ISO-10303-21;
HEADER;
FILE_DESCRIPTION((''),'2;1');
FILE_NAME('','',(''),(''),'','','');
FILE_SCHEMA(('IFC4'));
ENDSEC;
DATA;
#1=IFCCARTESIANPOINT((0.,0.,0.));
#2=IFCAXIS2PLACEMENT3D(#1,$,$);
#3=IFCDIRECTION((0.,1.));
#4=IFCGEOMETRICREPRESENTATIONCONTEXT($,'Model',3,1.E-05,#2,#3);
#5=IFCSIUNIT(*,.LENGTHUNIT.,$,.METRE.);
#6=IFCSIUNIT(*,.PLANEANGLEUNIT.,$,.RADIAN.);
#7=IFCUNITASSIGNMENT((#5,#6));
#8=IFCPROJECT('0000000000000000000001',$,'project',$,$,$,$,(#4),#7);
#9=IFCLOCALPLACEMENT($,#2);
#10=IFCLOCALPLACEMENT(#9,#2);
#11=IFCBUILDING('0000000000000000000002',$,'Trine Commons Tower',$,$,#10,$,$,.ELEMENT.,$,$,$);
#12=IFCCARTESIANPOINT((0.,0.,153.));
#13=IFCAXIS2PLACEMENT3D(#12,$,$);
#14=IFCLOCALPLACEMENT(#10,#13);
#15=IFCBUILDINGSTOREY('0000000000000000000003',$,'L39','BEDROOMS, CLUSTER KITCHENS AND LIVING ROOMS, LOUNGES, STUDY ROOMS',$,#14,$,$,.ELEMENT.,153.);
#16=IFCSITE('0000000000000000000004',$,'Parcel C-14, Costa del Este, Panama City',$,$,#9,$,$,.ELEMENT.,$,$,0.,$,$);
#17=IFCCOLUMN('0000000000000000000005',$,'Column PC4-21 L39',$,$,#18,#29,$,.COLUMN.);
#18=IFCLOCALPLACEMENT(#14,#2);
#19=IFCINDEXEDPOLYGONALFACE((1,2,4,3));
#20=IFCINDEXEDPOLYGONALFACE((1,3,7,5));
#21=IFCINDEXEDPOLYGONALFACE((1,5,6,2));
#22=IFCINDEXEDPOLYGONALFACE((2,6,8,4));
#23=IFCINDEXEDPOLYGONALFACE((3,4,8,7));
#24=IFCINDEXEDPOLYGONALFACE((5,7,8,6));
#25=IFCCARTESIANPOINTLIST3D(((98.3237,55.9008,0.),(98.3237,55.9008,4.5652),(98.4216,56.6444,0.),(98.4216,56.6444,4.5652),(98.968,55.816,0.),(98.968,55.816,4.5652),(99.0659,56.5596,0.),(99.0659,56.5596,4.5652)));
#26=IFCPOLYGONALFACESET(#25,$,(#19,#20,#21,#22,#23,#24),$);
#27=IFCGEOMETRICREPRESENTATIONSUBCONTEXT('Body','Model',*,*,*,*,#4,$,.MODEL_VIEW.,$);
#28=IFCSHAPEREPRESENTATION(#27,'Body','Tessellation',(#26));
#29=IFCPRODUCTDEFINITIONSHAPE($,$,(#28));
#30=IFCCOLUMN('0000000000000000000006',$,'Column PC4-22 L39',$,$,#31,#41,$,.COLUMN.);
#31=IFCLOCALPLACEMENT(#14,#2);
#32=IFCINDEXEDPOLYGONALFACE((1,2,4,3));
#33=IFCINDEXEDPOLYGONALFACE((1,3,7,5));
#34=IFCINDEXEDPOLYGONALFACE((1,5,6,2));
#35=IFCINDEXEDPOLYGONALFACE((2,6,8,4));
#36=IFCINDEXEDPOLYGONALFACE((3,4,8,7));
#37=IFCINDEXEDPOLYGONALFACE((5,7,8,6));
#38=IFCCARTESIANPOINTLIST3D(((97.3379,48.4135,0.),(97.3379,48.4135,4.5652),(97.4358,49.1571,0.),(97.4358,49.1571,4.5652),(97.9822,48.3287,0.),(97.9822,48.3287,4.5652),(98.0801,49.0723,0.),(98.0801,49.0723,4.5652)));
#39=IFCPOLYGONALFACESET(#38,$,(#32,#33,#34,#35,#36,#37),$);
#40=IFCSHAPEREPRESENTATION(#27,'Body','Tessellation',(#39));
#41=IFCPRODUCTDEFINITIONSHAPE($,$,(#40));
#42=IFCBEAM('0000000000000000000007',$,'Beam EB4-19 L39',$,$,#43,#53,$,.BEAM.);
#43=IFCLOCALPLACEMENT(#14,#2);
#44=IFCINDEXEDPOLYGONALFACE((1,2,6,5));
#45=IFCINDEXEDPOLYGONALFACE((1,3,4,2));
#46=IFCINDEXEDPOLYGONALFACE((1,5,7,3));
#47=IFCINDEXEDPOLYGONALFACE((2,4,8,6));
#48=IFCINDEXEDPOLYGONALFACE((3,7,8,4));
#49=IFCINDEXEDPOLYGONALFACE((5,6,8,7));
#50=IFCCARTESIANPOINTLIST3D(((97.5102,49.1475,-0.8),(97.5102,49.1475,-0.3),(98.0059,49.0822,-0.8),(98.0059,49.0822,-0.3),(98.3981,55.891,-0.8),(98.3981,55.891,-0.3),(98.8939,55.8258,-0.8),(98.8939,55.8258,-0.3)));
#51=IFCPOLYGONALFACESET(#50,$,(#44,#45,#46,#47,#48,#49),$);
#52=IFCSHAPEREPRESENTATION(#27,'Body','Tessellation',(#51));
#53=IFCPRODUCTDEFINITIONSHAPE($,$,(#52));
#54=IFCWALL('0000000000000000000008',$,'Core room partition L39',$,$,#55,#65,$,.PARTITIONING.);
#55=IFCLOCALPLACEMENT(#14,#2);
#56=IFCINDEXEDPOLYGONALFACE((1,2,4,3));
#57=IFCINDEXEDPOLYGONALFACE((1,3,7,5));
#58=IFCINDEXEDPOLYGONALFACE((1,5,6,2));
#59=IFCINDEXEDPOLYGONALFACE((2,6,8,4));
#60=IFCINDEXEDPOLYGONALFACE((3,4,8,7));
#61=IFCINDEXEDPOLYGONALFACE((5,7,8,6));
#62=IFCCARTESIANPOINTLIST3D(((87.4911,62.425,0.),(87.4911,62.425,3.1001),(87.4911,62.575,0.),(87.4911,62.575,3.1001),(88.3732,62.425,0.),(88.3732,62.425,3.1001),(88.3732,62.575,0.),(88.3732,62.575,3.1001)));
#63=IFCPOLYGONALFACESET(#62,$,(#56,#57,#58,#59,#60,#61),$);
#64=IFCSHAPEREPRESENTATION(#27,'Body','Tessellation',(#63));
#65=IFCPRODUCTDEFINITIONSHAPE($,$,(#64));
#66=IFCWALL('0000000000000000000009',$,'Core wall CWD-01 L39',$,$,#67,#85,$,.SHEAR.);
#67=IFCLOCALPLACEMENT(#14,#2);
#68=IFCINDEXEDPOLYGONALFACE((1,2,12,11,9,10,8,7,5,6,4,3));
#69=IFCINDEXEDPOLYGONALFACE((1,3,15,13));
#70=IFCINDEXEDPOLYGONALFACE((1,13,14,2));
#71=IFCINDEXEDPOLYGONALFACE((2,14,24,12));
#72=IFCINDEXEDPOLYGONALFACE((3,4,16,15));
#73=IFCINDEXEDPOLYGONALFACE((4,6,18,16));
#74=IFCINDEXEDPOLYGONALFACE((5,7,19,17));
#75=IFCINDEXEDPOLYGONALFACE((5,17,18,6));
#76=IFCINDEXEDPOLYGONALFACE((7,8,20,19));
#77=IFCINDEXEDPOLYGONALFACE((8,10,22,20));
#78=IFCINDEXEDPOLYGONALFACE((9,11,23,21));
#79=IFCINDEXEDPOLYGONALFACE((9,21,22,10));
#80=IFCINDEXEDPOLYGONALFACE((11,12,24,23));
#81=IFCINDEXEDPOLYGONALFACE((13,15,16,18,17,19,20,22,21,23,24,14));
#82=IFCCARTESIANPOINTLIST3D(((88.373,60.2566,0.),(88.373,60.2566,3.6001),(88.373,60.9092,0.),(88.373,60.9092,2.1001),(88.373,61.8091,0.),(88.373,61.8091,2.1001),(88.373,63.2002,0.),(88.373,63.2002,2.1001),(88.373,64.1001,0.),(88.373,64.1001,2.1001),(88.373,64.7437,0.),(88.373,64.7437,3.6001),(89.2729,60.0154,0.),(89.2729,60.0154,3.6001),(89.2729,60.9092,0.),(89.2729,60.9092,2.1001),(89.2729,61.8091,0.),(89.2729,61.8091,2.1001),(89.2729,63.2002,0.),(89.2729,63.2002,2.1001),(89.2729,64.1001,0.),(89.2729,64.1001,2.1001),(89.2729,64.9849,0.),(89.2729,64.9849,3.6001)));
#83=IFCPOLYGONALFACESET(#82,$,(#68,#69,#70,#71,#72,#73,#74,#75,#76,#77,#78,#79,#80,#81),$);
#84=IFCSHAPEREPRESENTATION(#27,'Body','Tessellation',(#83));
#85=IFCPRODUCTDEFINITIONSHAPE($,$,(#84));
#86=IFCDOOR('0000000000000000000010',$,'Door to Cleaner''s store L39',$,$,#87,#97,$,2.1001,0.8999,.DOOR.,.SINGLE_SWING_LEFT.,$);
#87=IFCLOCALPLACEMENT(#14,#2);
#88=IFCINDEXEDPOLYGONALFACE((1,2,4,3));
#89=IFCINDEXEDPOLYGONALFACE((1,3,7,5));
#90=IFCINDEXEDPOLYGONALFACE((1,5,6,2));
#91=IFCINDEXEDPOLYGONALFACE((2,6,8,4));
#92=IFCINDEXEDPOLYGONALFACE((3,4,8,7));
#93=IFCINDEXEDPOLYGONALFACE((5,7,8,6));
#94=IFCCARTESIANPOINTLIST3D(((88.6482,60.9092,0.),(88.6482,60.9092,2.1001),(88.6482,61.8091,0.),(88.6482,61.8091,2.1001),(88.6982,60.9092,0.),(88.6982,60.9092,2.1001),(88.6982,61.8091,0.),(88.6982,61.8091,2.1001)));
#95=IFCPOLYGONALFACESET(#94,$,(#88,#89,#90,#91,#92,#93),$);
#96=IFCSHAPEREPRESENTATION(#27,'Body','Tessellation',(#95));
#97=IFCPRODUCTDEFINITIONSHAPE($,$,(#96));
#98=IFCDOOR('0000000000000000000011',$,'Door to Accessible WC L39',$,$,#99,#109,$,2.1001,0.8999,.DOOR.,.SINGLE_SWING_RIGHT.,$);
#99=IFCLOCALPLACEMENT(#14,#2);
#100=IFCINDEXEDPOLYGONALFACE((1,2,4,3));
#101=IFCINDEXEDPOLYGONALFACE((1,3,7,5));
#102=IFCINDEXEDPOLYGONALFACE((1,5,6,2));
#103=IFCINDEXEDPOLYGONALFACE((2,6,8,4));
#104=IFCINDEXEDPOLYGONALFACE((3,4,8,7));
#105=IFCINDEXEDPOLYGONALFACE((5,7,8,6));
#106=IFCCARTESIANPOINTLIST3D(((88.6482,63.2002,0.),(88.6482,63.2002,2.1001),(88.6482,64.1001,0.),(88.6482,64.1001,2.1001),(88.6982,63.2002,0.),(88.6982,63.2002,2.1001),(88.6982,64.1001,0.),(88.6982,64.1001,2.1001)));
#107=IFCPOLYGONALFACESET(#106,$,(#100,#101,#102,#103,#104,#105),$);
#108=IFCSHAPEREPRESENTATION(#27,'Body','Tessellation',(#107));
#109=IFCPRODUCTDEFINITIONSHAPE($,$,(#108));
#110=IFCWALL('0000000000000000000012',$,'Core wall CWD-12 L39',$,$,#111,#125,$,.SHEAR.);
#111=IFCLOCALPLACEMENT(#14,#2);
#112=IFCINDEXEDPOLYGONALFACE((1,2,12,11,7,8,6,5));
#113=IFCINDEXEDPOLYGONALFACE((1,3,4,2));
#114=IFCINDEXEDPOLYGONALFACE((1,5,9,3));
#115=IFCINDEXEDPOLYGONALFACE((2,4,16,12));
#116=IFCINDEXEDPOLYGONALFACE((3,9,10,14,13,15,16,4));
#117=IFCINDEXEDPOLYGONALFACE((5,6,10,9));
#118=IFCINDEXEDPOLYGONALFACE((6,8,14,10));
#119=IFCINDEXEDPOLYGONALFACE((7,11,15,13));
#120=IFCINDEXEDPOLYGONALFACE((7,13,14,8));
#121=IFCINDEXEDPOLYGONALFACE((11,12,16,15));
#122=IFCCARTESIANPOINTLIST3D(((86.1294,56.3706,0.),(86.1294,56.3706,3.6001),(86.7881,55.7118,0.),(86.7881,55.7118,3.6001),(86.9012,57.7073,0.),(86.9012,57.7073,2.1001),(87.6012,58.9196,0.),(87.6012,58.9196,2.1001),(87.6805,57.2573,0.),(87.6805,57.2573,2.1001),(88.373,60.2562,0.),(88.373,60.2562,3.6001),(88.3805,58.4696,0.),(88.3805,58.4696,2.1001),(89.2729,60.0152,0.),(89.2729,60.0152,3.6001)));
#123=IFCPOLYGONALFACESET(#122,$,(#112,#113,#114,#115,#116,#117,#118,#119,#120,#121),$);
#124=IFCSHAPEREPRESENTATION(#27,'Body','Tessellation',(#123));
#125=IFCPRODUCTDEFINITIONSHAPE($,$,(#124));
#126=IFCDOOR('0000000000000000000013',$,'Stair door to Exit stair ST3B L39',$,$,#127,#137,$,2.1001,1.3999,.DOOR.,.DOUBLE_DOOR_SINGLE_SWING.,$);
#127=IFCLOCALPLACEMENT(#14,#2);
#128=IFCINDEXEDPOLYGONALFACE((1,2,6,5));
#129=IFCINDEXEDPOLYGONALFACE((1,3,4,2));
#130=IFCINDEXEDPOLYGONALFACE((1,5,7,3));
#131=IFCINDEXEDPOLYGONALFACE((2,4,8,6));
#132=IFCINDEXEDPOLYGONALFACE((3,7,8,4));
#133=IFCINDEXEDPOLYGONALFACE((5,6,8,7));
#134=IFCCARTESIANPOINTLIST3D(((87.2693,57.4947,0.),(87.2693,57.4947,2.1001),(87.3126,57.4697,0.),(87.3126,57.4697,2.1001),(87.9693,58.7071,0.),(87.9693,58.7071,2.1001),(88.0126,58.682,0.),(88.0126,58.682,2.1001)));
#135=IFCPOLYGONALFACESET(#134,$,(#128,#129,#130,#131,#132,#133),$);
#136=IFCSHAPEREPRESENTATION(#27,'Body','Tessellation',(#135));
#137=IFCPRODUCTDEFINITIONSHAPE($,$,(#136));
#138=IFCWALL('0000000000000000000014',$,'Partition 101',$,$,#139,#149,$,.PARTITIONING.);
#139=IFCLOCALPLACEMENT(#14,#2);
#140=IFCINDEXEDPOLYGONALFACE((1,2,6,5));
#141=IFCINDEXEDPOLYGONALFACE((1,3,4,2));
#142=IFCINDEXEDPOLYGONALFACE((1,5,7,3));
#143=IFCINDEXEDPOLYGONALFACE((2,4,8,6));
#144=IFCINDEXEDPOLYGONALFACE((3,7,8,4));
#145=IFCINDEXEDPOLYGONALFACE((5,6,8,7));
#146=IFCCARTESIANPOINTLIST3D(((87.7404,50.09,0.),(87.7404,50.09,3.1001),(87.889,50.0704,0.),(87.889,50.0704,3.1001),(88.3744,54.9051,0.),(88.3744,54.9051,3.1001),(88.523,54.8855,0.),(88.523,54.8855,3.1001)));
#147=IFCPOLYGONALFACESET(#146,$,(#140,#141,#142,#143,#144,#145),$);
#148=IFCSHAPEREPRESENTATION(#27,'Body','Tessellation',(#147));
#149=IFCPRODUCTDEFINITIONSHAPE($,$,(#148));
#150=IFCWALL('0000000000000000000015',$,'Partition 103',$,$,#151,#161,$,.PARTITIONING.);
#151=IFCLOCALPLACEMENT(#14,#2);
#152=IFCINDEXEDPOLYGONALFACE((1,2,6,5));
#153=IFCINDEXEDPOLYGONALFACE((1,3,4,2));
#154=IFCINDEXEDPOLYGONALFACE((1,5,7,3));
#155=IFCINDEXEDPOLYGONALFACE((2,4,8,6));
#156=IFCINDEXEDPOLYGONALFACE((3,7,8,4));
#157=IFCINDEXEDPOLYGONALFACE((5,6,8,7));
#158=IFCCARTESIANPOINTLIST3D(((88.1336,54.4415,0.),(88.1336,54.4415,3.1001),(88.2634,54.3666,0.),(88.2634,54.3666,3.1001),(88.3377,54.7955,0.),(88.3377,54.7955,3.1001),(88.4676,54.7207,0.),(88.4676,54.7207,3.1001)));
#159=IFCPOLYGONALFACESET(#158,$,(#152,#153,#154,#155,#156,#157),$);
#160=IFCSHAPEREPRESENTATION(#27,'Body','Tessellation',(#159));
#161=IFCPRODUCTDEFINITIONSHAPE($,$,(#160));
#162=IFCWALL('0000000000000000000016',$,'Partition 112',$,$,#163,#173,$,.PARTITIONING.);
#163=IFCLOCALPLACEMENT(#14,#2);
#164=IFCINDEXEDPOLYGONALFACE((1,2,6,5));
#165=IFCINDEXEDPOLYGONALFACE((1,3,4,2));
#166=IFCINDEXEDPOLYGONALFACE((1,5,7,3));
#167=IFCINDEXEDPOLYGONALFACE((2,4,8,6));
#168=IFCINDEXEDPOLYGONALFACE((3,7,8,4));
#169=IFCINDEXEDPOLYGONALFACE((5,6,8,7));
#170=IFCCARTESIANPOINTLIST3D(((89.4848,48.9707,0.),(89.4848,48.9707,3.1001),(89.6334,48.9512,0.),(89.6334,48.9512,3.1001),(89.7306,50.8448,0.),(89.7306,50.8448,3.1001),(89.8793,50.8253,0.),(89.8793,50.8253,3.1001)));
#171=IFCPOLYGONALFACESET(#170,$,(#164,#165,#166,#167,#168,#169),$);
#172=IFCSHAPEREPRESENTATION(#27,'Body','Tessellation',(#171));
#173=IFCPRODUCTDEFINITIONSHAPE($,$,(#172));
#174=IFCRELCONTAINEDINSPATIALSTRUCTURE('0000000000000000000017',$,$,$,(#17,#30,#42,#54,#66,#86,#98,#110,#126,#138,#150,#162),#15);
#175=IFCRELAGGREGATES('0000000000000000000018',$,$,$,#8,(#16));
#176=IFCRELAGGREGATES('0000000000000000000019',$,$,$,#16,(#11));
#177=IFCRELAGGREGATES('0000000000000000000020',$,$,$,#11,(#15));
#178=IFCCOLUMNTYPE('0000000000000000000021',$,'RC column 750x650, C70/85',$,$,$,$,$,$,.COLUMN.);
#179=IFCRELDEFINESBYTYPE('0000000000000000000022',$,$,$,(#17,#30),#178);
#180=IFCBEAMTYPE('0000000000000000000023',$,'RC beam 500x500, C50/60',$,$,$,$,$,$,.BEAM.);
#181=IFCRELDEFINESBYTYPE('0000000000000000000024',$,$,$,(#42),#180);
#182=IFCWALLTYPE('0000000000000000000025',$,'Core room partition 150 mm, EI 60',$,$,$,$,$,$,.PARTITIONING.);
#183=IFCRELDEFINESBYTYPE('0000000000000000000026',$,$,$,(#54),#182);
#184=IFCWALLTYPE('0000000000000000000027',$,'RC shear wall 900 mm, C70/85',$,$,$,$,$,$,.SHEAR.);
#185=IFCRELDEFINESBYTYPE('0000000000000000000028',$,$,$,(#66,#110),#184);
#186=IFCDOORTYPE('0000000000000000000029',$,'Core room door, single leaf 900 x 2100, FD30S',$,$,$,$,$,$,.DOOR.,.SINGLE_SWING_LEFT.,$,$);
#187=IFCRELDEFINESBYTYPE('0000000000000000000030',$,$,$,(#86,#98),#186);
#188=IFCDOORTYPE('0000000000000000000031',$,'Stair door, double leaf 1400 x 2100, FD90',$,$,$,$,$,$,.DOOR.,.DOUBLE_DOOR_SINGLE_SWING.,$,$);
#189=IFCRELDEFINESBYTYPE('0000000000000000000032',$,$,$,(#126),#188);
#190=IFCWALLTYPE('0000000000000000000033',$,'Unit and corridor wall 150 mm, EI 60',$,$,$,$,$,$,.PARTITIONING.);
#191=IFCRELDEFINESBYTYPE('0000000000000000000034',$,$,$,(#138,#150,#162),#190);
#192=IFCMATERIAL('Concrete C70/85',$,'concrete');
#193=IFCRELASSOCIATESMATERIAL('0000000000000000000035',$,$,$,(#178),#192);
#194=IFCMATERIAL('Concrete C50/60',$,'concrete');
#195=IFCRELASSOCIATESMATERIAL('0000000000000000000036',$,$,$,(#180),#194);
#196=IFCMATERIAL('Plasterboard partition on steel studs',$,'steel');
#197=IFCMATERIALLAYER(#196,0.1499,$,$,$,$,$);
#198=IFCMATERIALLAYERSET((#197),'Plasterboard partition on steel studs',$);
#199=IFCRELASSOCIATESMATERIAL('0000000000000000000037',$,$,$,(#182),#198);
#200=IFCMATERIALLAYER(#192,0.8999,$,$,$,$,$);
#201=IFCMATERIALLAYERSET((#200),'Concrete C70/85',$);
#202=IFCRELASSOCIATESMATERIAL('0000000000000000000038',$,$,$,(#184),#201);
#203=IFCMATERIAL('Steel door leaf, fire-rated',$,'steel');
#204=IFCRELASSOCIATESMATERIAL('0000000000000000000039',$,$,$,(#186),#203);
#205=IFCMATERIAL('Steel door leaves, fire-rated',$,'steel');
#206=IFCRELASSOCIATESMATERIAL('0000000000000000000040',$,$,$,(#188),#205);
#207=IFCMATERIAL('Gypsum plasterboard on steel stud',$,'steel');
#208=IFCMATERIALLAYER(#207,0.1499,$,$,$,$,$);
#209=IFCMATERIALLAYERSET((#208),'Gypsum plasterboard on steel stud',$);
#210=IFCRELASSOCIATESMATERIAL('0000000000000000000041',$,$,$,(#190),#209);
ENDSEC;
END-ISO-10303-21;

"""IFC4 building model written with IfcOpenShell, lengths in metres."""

from ifc_helpers import new_model, si_unit, direction, frame, frame_2d, origin, origin_2d, place, context, subcontext, project, spatial, polyline, rectangle, outline, extrude, material, layer, layer_set, material_profile, profile_set, type_object, element, fill, save


model = new_model("IFC4")

# Units and contexts
model_context = context("Model", 3, precision=1e-05, world=origin(), true_north=direction((0.0, 1.0)))
body_context = subcontext(model_context, "Body", "Model", "MODEL_VIEW")
ifc_project = project(units=[si_unit("LENGTHUNIT", "METRE"), si_unit("PLANEANGLEUNIT", "RADIAN")], contexts=[model_context])

# Site, building, storey
site_placement = place(None, origin())
site = spatial("IfcSite", under=ifc_project, at=site_placement, Name="Parcel C-14, Costa del Este, Panama City", CompositionType="ELEMENT", RefElevation=0.0)
building_placement = place(site_placement, origin())
building = spatial("IfcBuilding", under=site, at=building_placement, Name="Trine Commons Tower", CompositionType="ELEMENT")
storey_placement = place(building_placement, frame((0.0, 0.0, 153.0)))
storey = spatial("IfcBuildingStorey", under=building, at=storey_placement, Name="L39", Description="BEDROOMS, CLUSTER KITCHENS AND LIVING ROOMS, LOUNGES, STUDY ROOMS", CompositionType="ELEMENT", Elevation=153.0)

# Columns
ifc_material_1 = material(Name="Concrete C70/85", Category="concrete")
ifc_material_profile_1 = material_profile(ifc_material_1, rectangle(XDim=0.75, YDim=0.6499, at=origin_2d()), Name="RC 750x650")
ifc_profile_set_1 = profile_set([ifc_material_profile_1], Name="Concrete C70/85")
column_type = type_object("IfcColumnType", Name="RC column 750x650, C70/85", PredefinedType="COLUMN", material=ifc_profile_set_1)
for number, where, z_axis, x_axis, name in (
    (1, (98.6948, 56.2302, 0.0), (0.0, 0.0, 1.0), (0.130526, 0.991445, 0.0), "Column PC4-21 L39"),
    (2, (97.709, 48.7429, 0.0), (0.0, 0.0, 1.0), (0.130526, 0.991445, 0.0), "Column PC4-22 L39"),
):
    element("IfcColumn", number, at=place(storey_placement, frame(where, z_axis=z_axis, x_axis=x_axis)), inside=storey, type_object=column_type, Name=name, PredefinedType="COLUMN", context=body_context, shape_type="SweptSolid", body=[
        extrude(rectangle(XDim=0.75, YDim=0.6499, at=origin_2d()), origin(), (0.0, 0.0, 1.0), 4.5652),
    ])

# Beam
ifc_material_2 = material(Name="Concrete C50/60", Category="concrete")
ifc_material_profile_2 = material_profile(ifc_material_2, rectangle(XDim=0.5, YDim=0.5, at=origin_2d()), Name="RC 500x500")
ifc_profile_set_2 = profile_set([ifc_material_profile_2], Name="Concrete C50/60")
beam_type = type_object("IfcBeamType", Name="RC beam 500x500, C50/60", PredefinedType="BEAM", material=ifc_profile_set_2)
beam_placement = place(storey_placement, frame((98.646, 55.8584, -0.55), z_axis=(-0.130544, -0.991443, 0.0), x_axis=(0.991443, -0.130544, 0.0)))
element("IfcBeam", 3, at=beam_placement, inside=storey, type_object=beam_type, Name="Beam EB4-19 L39", PredefinedType="BEAM", context=body_context, shape_type="SweptSolid", body=[
    extrude(rectangle(XDim=0.5, YDim=0.5, at=origin_2d()), origin(), (0.0, 0.0, 1.0), 6.8018),
])

# Wall
ifc_material_3 = material(Name="Plasterboard partition on steel studs", Category="steel")
ifc_layer_1 = layer(ifc_material_3, 0.1499)
ifc_layer_set_1 = layer_set([ifc_layer_1], Name="Plasterboard partition on steel studs")
wall_type_1 = type_object("IfcWallType", Name="Core room partition 150 mm, EI 60", PredefinedType="PARTITIONING", material=ifc_layer_set_1)
wall_1_placement = place(storey_placement, frame((88.373, 62.5, 0.0), z_axis=(0.0, 0.0, 1.0), x_axis=(-1.0, 0.0, 0.0)))
element("IfcWall", 4, at=wall_1_placement, inside=storey, type_object=wall_type_1, Name="Core room partition L39", PredefinedType="PARTITIONING", context=body_context, shape_type="SweptSolid", body=[
    extrude(rectangle(XDim=0.8821, YDim=0.1499, at=frame_2d((0.4409, 0.0))), origin(), (0.0, 0.0, 1.0), 3.1001),
])

# Wall, openings, doors
ifc_layer_2 = layer(ifc_material_1, 0.8999)
ifc_layer_set_2 = layer_set([ifc_layer_2], Name="Concrete C70/85")
wall_type_2 = type_object("IfcWallType", Name="RC shear wall 900 mm, C70/85", PredefinedType="SHEAR", material=ifc_layer_set_2)
wall_2_placement = place(storey_placement, frame((88.823, 60.0154, 0.0), z_axis=(0.0, 0.0, 1.0), x_axis=(0.0, 1.0, 0.0)))
wall_2 = element("IfcWall", 5, at=wall_2_placement, inside=storey, type_object=wall_type_2, Name="Core wall CWD-01 L39", PredefinedType="SHEAR", context=body_context, shape_type="SweptSolid", body=[
    extrude(outline(polyline([(0.0, -0.45), (4.9695, -0.45), (4.7283, 0.45), (0.2412, 0.45), (0.0, -0.45)])), origin(), (0.0, 0.0, 1.0), 3.6001),
])
opening_1_placement = place(wall_2_placement, frame((0.8938, 0.0, 0.0)))
opening_1 = element("IfcOpeningElement", 6, at=opening_1_placement, cuts=wall_2, PredefinedType="OPENING", context=body_context, shape_type="SweptSolid", body=[
    extrude(rectangle(XDim=0.8999, YDim=2.1001, at=frame_2d((0.45, 1.05))), frame((0.0, 0.46, 0.0), z_axis=(0.0, -1.0, 0.0), x_axis=(1.0, 0.0, 0.0)), (0.0, 0.0, 1.0), 0.9199),
])
opening_2_placement = place(wall_2_placement, frame((3.1848, 0.0, 0.0)))
opening_2 = element("IfcOpeningElement", 7, at=opening_2_placement, cuts=wall_2, PredefinedType="OPENING", context=body_context, shape_type="SweptSolid", body=[
    extrude(rectangle(XDim=0.8999, YDim=2.1001, at=frame_2d((0.45, 1.05))), frame((0.0, 0.46, 0.0), z_axis=(0.0, -1.0, 0.0), x_axis=(1.0, 0.0, 0.0)), (0.0, 0.0, 1.0), 0.9199),
])
ifc_material_4 = material(Name="Steel door leaf, fire-rated", Category="steel")
door_type_1 = type_object("IfcDoorType", Name="Core room door, single leaf 900 x 2100, FD30S", OperationType="SINGLE_SWING_LEFT", PredefinedType="DOOR", material=ifc_material_4)
door_1_placement = place(opening_1_placement, origin())
door_1 = element("IfcDoor", 8, at=door_1_placement, inside=storey, type_object=door_type_1, Name="Door to Cleaner's store L39", OperationType="SINGLE_SWING_LEFT", OverallHeight=2.1001, OverallWidth=0.8999, PredefinedType="DOOR", context=body_context, shape_type="SweptSolid", body=[
    extrude(rectangle(XDim=0.8999, YDim=2.1001, at=frame_2d((0.45, 1.05))), frame((0.0, 0.1748, 0.0), z_axis=(0.0, -1.0, 0.0), x_axis=(1.0, 0.0, 0.0)), (0.0, 0.0, 1.0), 0.05),
])
fill(opening_1, door_1)
door_2_placement = place(opening_2_placement, origin())
door_2 = element("IfcDoor", 9, at=door_2_placement, inside=storey, type_object=door_type_1, Name="Door to Accessible WC L39", OperationType="SINGLE_SWING_RIGHT", OverallHeight=2.1001, OverallWidth=0.8999, PredefinedType="DOOR", context=body_context, shape_type="SweptSolid", body=[
    extrude(rectangle(XDim=0.8999, YDim=2.1001, at=frame_2d((0.45, 1.05))), frame((0.0, 0.1748, 0.0), z_axis=(0.0, -1.0, 0.0), x_axis=(1.0, 0.0, 0.0)), (0.0, 0.0, 1.0), 0.05),
])
fill(opening_2, door_2)

# Wall, opening, door
wall_3_placement = place(storey_placement, frame((86.3984, 55.9368, 0.0), z_axis=(0.0, 0.0, 1.0), x_axis=(0.500039, 0.866003, 0.0)))
wall_3 = element("IfcWall", 10, at=wall_3_placement, inside=storey, type_object=wall_type_2, Name="Core wall CWD-12 L39", PredefinedType="SHEAR", context=body_context, shape_type="SweptSolid", body=[
    extrude(outline(polyline([(0.0, -0.45), (4.9692, -0.45), (4.728, 0.45), (0.2412, 0.45), (0.0, -0.45)])), origin(), (0.0, 0.0, 1.0), 3.6001),
])
opening_3_placement = place(wall_3_placement, frame((1.7847, 0.0, 0.0)))
opening_3 = element("IfcOpeningElement", 11, at=opening_3_placement, cuts=wall_3, PredefinedType="OPENING", context=body_context, shape_type="SweptSolid", body=[
    extrude(rectangle(XDim=1.3999, YDim=2.1001, at=frame_2d((0.7, 1.05))), frame((0.0, 0.46, 0.0), z_axis=(0.0, -1.0, 0.0), x_axis=(1.0, 0.0, 0.0)), (0.0, 0.0, 1.0), 0.9199),
])
ifc_material_5 = material(Name="Steel door leaves, fire-rated", Category="steel")
door_type_2 = type_object("IfcDoorType", Name="Stair door, double leaf 1400 x 2100, FD90", OperationType="DOUBLE_DOOR_SINGLE_SWING", PredefinedType="DOOR", material=ifc_material_5)
door_3_placement = place(opening_3_placement, origin())
door_3 = element("IfcDoor", 12, at=door_3_placement, inside=storey, type_object=door_type_2, Name="Stair door to Exit stair ST3B L39", OperationType="DOUBLE_DOOR_SINGLE_SWING", OverallHeight=2.1001, OverallWidth=1.3999, PredefinedType="DOOR", context=body_context, shape_type="SweptSolid", body=[
    extrude(rectangle(XDim=1.3999, YDim=2.1001, at=frame_2d((0.7, 1.05))), frame((0.0, 0.0249, 0.0), z_axis=(0.0, -1.0, 0.0), x_axis=(1.0, 0.0, 0.0)), (0.0, 0.0, 1.0), 0.05),
])
fill(opening_3, door_3)

# Walls
ifc_material_6 = material(Name="Gypsum plasterboard on steel stud", Category="steel")
ifc_layer_3 = layer(ifc_material_6, 0.1499)
ifc_layer_set_3 = layer_set([ifc_layer_3], Name="Gypsum plasterboard on steel stud")
wall_type_3 = type_object("IfcWallType", Name="Unit and corridor wall 150 mm, EI 60", PredefinedType="PARTITIONING", material=ifc_layer_set_3)
wall_4_placement = place(storey_placement, frame((87.8147, 50.0803, 0.0), z_axis=(0.0, 0.0, 1.0), x_axis=(0.130547, 0.991442, 0.0)))
element("IfcWall", 13, at=wall_4_placement, inside=storey, type_object=wall_type_3, Name="Partition 101", PredefinedType="PARTITIONING", context=body_context, shape_type="SweptSolid", body=[
    extrude(rectangle(XDim=4.8567, YDim=0.1499, at=frame_2d((2.4282, 0.0))), origin(), (0.0, 0.0, 1.0), 3.1001),
])
wall_5_placement = place(storey_placement, frame((88.1985, 54.4041, 0.0), z_axis=(0.0, 0.0, 1.0), x_axis=(0.499481, 0.866325, 0.0)))
element("IfcWall", 14, at=wall_5_placement, inside=storey, type_object=wall_type_3, Name="Partition 103", PredefinedType="PARTITIONING", context=body_context, shape_type="SweptSolid", body=[
    extrude(rectangle(XDim=0.4087, YDim=0.1499, at=frame_2d((0.2043, 0.0))), origin(), (0.0, 0.0, 1.0), 3.1001),
])
wall_6_placement = place(storey_placement, frame((89.5591, 48.9609, 0.0), z_axis=(0.0, 0.0, 1.0), x_axis=(0.130074, 0.991504, 0.0)))
element("IfcWall", 15, at=wall_6_placement, inside=storey, type_object=wall_type_3, Name="Partition 112", PredefinedType="PARTITIONING", context=body_context, shape_type="SweptSolid", body=[
    extrude(rectangle(XDim=1.8901, YDim=0.1499, at=frame_2d((0.9451, 0.0))), origin(), (0.0, 0.0, 1.0), 3.1001),
])

save(model, "model.ifc")
